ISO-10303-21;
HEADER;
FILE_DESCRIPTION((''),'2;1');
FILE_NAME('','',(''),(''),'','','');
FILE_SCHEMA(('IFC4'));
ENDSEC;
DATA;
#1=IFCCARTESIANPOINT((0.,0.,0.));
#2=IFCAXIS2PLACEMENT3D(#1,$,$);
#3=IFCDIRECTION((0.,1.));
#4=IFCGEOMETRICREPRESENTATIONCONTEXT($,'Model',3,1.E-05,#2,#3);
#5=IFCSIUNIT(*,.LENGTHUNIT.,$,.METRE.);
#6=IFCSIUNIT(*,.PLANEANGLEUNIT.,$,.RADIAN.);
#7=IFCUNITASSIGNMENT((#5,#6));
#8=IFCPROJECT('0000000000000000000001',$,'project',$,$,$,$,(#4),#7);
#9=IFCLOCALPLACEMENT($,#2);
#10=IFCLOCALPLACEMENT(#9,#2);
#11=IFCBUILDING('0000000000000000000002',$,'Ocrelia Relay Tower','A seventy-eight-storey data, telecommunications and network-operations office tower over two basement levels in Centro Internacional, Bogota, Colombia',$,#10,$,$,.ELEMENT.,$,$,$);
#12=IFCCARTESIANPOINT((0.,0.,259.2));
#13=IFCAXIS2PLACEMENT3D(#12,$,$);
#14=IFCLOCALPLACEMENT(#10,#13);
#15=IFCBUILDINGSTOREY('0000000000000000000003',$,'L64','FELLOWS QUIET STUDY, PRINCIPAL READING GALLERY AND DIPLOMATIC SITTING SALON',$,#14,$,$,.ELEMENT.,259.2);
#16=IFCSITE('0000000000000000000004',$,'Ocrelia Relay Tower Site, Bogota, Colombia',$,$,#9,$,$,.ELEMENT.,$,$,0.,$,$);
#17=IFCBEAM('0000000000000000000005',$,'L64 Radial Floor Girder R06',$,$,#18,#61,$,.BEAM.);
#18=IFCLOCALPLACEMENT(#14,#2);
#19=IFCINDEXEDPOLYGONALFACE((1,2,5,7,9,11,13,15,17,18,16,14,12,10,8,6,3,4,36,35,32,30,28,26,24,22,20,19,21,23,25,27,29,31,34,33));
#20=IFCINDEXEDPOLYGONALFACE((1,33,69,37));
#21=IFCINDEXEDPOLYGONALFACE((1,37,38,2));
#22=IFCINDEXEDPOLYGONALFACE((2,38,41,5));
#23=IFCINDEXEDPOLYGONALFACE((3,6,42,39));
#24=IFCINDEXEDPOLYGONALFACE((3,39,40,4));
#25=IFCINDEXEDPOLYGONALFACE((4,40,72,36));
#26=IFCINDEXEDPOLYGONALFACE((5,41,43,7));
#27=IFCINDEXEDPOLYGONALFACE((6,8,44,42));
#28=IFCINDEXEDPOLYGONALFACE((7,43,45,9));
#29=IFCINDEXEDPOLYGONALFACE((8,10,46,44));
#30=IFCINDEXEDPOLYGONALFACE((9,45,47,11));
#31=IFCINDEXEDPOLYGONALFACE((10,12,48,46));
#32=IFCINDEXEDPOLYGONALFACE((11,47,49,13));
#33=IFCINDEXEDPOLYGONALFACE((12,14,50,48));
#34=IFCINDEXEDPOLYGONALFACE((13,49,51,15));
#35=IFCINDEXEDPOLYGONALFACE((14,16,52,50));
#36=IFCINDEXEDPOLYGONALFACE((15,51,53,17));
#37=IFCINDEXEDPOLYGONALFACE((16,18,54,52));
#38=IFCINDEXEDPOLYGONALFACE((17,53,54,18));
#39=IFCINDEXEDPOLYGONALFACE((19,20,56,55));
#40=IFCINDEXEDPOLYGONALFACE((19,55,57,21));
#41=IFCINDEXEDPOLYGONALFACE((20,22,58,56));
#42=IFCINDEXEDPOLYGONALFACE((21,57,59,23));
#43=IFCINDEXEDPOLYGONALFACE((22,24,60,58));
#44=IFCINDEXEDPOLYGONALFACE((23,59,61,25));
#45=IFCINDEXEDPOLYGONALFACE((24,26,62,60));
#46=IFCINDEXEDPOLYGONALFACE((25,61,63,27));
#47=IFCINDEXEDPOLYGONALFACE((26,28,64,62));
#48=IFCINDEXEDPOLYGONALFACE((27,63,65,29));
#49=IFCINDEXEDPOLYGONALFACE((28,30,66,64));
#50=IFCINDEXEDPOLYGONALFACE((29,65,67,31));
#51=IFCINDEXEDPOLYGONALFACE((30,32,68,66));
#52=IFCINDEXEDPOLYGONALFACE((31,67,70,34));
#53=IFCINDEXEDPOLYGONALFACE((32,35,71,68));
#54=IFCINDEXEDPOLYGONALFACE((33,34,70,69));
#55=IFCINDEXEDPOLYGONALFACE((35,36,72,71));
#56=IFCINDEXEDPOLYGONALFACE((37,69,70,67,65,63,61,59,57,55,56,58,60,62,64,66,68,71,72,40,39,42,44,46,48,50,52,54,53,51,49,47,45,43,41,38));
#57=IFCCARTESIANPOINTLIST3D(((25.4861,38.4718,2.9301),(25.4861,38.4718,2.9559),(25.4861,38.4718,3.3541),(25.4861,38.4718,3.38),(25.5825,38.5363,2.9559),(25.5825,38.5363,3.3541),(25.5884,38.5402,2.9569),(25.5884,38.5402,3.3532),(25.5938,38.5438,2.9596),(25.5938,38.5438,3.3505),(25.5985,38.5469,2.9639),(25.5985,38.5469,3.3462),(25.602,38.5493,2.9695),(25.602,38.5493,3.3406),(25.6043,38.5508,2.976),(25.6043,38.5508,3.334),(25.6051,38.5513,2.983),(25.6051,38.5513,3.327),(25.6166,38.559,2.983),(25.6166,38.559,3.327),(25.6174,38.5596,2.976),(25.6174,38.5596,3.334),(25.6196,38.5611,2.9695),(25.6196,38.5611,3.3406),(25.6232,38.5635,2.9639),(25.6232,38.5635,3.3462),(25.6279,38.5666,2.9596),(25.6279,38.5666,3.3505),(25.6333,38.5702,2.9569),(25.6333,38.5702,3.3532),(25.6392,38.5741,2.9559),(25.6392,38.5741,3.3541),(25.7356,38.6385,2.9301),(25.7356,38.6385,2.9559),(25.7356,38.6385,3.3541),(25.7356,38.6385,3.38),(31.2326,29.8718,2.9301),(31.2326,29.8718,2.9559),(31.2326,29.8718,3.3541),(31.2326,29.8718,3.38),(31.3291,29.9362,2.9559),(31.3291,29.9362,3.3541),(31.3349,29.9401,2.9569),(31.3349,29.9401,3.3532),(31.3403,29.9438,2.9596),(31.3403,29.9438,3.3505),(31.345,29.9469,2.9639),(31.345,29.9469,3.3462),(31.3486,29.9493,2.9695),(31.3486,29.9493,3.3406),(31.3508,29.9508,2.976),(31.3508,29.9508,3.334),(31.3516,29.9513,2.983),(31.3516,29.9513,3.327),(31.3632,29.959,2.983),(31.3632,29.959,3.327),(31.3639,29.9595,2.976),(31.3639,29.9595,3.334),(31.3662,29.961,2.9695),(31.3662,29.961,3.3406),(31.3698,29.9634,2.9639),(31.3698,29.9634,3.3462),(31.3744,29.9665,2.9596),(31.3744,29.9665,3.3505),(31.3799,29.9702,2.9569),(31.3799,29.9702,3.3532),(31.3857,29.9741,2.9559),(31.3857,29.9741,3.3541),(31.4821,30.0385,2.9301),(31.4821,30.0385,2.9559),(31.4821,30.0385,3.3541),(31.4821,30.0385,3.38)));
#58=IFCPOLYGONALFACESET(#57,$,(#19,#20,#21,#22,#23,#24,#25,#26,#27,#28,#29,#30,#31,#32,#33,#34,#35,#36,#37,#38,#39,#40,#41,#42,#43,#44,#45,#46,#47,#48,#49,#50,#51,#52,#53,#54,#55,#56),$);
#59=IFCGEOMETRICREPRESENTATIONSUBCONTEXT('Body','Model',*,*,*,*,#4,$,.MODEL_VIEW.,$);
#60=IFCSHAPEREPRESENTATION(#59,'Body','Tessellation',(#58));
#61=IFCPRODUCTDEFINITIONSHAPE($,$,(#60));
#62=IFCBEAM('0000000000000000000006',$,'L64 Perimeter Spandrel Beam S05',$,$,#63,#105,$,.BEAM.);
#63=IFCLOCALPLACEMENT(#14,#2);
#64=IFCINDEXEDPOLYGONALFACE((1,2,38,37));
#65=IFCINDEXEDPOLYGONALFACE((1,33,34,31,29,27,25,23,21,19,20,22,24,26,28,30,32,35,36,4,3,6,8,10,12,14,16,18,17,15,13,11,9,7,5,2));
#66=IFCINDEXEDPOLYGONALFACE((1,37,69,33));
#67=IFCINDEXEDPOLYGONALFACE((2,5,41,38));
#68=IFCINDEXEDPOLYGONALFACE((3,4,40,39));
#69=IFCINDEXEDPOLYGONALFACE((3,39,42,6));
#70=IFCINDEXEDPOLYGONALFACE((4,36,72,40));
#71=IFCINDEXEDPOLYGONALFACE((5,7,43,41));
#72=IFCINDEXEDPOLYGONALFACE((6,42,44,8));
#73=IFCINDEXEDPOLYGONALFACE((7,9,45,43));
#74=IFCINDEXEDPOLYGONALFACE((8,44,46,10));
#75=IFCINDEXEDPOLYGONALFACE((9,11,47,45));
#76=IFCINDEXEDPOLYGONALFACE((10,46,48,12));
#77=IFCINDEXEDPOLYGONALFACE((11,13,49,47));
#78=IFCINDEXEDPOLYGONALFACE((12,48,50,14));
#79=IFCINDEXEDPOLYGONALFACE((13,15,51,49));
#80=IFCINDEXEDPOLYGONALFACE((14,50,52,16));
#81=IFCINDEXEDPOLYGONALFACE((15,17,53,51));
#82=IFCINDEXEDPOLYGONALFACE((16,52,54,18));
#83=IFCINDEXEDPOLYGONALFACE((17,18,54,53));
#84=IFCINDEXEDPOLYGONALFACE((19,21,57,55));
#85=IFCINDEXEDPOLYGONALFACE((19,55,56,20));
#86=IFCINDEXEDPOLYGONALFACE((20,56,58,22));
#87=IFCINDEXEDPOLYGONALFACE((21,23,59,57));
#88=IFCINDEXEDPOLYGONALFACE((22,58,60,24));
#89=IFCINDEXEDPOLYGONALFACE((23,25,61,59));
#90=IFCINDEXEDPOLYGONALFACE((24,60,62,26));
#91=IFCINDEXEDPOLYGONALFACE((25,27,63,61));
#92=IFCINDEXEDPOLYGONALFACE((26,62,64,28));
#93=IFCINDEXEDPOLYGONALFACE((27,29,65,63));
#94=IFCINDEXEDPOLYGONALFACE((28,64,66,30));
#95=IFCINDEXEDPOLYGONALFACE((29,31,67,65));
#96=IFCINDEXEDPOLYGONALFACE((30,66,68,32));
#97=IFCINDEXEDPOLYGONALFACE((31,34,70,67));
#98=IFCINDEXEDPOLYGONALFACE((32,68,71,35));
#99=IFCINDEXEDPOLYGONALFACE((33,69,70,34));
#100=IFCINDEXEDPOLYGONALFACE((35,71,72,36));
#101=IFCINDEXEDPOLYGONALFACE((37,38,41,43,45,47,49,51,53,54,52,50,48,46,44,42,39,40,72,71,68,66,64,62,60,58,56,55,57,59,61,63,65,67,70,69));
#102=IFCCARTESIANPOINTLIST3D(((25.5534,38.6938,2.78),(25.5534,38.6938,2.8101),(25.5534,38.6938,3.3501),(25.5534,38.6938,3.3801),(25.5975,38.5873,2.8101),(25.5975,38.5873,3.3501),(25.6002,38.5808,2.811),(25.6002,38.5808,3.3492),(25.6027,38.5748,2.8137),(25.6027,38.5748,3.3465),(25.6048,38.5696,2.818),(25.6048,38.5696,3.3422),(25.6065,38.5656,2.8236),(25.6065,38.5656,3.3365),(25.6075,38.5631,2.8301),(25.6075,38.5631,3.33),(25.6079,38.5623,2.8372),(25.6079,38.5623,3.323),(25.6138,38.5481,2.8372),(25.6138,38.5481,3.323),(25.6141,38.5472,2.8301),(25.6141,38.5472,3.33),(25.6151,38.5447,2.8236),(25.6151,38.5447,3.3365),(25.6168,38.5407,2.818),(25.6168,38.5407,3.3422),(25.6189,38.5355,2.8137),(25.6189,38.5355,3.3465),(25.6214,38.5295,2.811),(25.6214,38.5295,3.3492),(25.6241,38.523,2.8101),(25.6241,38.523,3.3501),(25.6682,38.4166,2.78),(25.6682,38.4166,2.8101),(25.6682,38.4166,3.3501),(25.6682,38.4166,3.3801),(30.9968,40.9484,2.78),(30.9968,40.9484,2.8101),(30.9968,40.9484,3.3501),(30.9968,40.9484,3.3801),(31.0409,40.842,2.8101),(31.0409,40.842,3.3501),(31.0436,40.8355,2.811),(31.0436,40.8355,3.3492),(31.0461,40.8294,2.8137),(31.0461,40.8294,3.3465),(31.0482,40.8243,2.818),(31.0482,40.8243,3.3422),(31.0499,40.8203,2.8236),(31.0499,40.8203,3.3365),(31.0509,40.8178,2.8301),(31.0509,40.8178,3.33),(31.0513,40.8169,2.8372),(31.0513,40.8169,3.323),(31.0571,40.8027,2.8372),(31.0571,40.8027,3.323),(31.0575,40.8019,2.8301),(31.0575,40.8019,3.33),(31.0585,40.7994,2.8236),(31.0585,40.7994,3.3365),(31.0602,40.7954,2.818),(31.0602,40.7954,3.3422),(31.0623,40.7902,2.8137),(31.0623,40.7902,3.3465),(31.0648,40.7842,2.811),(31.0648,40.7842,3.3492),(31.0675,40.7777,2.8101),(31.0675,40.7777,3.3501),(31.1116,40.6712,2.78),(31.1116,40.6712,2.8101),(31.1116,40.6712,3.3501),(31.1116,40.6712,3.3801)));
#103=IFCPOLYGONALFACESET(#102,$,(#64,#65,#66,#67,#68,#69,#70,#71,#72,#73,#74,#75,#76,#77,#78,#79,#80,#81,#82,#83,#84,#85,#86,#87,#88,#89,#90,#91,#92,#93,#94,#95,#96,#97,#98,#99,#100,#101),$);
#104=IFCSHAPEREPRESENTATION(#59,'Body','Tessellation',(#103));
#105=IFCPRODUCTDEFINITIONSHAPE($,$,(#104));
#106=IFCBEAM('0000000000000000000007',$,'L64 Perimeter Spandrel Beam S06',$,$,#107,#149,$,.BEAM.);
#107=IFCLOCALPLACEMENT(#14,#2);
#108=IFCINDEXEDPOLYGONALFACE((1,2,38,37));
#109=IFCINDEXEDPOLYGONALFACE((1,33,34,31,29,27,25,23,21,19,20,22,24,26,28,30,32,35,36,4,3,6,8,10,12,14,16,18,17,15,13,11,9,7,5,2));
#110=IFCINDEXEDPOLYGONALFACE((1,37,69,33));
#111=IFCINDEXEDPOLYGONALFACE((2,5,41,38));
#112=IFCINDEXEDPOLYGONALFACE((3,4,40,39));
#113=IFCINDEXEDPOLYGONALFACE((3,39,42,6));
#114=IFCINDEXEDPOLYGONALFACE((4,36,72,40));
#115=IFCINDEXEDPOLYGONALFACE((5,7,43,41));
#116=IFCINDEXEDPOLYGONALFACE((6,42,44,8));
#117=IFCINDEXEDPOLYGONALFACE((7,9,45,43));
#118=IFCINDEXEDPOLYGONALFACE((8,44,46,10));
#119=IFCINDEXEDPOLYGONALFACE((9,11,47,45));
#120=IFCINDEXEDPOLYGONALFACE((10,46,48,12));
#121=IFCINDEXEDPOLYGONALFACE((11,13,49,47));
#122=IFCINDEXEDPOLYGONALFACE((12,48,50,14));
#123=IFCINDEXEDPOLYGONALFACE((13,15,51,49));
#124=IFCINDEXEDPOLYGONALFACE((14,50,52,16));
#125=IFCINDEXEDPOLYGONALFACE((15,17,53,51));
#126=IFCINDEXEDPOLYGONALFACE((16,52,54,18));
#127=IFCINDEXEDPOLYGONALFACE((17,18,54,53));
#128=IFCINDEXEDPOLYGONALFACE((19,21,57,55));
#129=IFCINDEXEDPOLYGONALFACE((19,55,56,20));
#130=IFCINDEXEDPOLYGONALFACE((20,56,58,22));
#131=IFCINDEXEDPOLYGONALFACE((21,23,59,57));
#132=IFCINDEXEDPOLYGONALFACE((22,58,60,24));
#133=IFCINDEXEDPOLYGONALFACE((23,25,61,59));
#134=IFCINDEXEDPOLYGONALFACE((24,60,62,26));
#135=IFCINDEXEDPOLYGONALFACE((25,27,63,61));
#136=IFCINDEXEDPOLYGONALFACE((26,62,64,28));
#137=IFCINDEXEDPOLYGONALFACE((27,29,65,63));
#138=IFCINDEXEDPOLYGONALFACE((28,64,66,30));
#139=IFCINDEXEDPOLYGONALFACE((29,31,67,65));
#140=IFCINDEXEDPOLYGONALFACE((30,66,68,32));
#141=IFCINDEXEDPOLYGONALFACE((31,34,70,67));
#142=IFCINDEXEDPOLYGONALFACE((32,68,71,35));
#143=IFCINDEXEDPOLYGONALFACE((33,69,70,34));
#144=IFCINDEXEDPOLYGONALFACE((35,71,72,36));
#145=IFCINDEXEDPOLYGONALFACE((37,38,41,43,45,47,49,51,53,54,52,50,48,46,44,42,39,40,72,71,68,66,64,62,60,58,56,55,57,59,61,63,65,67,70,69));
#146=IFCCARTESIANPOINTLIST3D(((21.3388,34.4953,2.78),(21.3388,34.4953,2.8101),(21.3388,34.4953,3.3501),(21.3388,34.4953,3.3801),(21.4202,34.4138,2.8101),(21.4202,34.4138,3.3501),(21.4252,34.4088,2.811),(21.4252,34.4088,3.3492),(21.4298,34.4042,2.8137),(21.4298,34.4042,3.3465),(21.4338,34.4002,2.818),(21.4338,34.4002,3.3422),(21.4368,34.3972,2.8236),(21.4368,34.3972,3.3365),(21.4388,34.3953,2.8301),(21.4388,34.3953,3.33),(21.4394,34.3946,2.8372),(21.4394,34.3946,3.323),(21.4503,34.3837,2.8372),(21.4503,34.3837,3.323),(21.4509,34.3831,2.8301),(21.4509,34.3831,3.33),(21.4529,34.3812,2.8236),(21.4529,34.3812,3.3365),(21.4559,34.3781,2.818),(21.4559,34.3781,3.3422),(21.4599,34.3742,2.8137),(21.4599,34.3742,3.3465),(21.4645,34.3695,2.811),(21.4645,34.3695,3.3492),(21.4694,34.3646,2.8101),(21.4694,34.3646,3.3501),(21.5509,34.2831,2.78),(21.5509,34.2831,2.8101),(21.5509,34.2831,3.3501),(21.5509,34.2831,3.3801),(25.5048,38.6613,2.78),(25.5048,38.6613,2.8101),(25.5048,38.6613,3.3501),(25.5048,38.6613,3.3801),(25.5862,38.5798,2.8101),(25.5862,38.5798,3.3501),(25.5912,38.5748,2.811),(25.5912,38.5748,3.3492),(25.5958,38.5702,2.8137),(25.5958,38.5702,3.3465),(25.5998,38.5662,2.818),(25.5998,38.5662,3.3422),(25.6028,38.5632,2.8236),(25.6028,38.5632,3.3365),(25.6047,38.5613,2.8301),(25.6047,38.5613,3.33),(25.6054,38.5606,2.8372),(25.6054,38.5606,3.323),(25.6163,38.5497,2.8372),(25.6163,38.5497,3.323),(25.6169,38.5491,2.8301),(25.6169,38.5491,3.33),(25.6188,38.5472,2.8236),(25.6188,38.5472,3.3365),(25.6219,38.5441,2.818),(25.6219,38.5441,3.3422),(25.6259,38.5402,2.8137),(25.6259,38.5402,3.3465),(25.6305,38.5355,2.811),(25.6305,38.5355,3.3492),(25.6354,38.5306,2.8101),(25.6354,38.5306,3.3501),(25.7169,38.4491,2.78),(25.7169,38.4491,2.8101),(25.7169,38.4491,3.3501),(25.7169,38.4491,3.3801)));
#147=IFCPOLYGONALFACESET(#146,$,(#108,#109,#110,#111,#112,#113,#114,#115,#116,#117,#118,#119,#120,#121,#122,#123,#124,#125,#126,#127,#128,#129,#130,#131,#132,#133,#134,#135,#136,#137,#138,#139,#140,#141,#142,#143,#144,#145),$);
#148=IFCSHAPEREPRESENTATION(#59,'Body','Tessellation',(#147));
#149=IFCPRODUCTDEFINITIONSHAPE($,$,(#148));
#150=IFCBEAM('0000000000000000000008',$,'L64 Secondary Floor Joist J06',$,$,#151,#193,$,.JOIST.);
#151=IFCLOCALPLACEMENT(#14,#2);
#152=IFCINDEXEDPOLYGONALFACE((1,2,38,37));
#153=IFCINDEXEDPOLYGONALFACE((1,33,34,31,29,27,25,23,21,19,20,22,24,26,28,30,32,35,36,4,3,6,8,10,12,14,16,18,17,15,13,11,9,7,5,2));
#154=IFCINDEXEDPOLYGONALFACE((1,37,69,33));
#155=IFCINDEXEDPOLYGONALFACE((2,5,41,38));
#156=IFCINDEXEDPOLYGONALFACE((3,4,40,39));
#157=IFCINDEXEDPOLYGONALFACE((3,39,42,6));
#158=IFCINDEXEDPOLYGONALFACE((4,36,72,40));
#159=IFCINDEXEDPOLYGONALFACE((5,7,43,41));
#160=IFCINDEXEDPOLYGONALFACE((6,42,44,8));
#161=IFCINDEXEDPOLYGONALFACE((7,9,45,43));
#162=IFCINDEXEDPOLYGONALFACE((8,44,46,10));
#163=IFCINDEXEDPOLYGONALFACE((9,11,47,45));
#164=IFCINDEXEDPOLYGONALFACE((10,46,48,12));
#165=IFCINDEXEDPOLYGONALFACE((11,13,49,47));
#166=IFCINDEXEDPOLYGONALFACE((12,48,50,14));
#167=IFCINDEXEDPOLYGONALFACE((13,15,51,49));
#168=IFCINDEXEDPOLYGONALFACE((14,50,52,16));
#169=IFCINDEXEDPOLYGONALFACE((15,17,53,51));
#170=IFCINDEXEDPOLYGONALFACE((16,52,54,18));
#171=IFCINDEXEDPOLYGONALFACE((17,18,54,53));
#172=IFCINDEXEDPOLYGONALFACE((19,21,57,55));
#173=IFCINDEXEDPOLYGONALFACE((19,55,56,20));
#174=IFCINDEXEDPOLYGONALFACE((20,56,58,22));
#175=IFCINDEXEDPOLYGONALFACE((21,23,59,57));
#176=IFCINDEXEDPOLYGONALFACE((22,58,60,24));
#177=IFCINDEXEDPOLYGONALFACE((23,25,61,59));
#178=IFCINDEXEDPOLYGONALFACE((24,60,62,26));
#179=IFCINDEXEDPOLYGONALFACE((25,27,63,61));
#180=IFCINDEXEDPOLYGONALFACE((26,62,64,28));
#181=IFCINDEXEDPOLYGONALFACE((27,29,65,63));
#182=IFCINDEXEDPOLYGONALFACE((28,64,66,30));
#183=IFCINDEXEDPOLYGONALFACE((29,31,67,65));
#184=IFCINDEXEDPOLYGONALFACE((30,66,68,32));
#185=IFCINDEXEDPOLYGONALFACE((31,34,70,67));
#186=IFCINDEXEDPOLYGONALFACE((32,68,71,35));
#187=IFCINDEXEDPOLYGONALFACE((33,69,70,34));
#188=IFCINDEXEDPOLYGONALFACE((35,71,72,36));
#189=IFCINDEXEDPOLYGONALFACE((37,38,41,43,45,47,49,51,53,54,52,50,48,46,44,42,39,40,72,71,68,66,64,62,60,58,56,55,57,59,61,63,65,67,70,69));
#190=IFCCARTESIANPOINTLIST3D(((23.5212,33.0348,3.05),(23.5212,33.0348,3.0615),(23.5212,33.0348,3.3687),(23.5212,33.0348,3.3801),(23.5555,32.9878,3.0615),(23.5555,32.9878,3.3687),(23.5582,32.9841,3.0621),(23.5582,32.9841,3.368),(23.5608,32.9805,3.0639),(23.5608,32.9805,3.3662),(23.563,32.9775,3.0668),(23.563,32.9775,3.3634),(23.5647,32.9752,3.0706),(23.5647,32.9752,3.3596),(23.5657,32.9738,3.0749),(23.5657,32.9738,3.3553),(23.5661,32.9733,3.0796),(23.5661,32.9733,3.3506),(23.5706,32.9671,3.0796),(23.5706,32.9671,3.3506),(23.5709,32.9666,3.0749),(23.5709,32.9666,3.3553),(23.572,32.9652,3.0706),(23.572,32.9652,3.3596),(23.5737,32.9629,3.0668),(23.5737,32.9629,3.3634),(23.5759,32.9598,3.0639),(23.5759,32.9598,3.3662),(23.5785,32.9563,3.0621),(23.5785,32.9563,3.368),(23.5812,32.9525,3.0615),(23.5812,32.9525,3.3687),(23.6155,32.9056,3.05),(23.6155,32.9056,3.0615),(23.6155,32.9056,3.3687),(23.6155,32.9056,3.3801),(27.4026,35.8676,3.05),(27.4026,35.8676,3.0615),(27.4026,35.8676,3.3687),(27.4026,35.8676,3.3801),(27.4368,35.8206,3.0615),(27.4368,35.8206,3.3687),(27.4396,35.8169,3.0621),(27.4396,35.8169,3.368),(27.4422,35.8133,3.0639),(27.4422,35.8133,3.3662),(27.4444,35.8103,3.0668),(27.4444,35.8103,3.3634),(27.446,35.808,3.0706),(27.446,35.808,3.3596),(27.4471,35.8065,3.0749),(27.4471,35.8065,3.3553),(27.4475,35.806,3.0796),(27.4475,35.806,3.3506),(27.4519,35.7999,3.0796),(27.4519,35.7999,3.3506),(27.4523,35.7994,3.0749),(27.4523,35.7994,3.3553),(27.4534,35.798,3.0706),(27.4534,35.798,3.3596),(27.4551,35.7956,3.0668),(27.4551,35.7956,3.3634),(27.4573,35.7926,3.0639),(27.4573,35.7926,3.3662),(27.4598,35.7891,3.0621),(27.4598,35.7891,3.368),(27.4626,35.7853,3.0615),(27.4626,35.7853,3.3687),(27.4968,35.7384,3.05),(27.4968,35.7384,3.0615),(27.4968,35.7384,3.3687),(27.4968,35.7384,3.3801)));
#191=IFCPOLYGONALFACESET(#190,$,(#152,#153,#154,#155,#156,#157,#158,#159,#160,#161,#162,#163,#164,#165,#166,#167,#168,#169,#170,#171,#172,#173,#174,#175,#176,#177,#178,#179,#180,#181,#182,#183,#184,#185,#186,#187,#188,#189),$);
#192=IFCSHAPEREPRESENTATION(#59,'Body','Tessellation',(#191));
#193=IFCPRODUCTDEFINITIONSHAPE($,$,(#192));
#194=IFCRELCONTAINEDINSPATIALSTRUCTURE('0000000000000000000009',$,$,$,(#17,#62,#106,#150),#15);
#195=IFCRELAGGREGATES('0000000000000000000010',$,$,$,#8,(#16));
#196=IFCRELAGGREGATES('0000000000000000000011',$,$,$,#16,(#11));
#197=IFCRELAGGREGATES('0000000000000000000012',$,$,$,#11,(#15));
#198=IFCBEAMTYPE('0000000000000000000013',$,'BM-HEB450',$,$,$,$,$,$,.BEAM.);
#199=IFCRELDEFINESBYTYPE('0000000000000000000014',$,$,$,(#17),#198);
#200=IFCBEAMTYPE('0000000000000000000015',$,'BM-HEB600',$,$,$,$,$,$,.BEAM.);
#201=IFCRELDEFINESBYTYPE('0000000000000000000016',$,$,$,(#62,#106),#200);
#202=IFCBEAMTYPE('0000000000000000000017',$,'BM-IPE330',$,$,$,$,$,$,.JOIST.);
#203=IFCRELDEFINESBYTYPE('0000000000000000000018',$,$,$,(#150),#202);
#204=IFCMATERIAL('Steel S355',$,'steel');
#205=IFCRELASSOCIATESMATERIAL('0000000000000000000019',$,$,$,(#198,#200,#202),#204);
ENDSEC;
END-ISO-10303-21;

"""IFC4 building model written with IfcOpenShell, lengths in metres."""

from ifc_helpers import new_model, si_unit, direction, frame, origin, origin_2d, place, context, subcontext, project, spatial, i_section, extrude, material, material_profile, profile_set, type_object, element, save


model = new_model("IFC4")

# Units and contexts
model_context = context("Model", 3, precision=1e-05, world=origin(), true_north=direction((0.0, 1.0)))
body_context = subcontext(model_context, "Body", "Model", "MODEL_VIEW")
ifc_project = project(units=[si_unit("LENGTHUNIT", "METRE"), si_unit("PLANEANGLEUNIT", "RADIAN")], contexts=[model_context])

# Site, building, storey
site_placement = place(None, origin())
site = spatial("IfcSite", under=ifc_project, at=site_placement, Name="Ocrelia Relay Tower Site, Bogota, Colombia", CompositionType="ELEMENT", RefElevation=0.0)
building_placement = place(site_placement, origin())
building = spatial("IfcBuilding", under=site, at=building_placement, Name="Ocrelia Relay Tower", Description="A seventy-eight-storey data, telecommunications and network-operations office tower over two basement levels in Centro Internacional, Bogota, Colombia", CompositionType="ELEMENT")
storey_placement = place(building_placement, frame((0.0, 0.0, 259.2)))
storey = spatial("IfcBuildingStorey", under=building, at=storey_placement, Name="L64", Description="FELLOWS QUIET STUDY, PRINCIPAL READING GALLERY AND DIPLOMATIC SITTING SALON", CompositionType="ELEMENT", Elevation=259.2)

# Beams
ifc_material_1 = material(Name="Steel S355", Category="steel")
ifc_material_profile_1 = material_profile(ifc_material_1, i_section(OverallWidth=0.3, OverallDepth=0.45, WebThickness=0.0139, FlangeThickness=0.0259, FilletRadius=0.0271, at=origin_2d()), Name="HEB 450")
ifc_profile_set_1 = profile_set([ifc_material_profile_1], Name="Steel S355")
beam_type_1 = type_object("IfcBeamType", Name="BM-HEB450", PredefinedType="BEAM", material=ifc_profile_set_1)
beam_1_placement = place(storey_placement, frame((25.6108, 38.5552, 3.155), z_axis=(0.555582, -0.831462, 0.0), x_axis=(0.831462, 0.555582, 0.0)))
element("IfcBeam", 1, at=beam_1_placement, inside=storey, type_object=beam_type_1, Name="L64 Radial Floor Girder R06", PredefinedType="BEAM", context=body_context, shape_type="SweptSolid", body=[
    extrude(i_section(OverallWidth=0.3, OverallDepth=0.45, WebThickness=0.0139, FlangeThickness=0.0259, FilletRadius=0.0271, at=origin_2d()), origin(), (0.0, 0.0, 1.0), 10.3433),
])
ifc_material_profile_2 = material_profile(ifc_material_1, i_section(OverallWidth=0.3, OverallDepth=0.6001, WebThickness=0.0154, FlangeThickness=0.03, FilletRadius=0.0271, at=origin_2d()), Name="HEB 600")
ifc_profile_set_2 = profile_set([ifc_material_profile_2], Name="Steel S355")
beam_type_2 = type_object("IfcBeamType", Name="BM-HEB600", PredefinedType="BEAM", material=ifc_profile_set_2)
beam_2_placement = place(storey_placement, frame((31.0542, 40.8098, 3.0801), z_axis=(-0.923884, -0.382673, 0.0), x_axis=(0.382673, -0.923884, 0.0)))
element("IfcBeam", 2, at=beam_2_placement, inside=storey, type_object=beam_type_2, Name="L64 Perimeter Spandrel Beam S05", PredefinedType="BEAM", context=body_context, shape_type="SweptSolid", body=[
    extrude(i_section(OverallWidth=0.3, OverallDepth=0.6001, WebThickness=0.0154, FlangeThickness=0.03, FilletRadius=0.0271, at=origin_2d()), origin(), (0.0, 0.0, 1.0), 5.8918),
])
beam_3_placement = place(storey_placement, frame((25.6108, 38.5552, 3.0801), z_axis=(-0.707107, -0.707107, 0.0), x_axis=(0.707107, -0.707107, 0.0)))
element("IfcBeam", 3, at=beam_3_placement, inside=storey, type_object=beam_type_2, Name="L64 Perimeter Spandrel Beam S06", PredefinedType="BEAM", context=body_context, shape_type="SweptSolid", body=[
    extrude(i_section(OverallWidth=0.3, OverallDepth=0.6001, WebThickness=0.0154, FlangeThickness=0.03, FilletRadius=0.0271, at=origin_2d()), origin(), (0.0, 0.0, 1.0), 5.8916),
])
ifc_material_profile_3 = material_profile(ifc_material_1, i_section(OverallWidth=0.1599, OverallDepth=0.3301, WebThickness=0.0076, FlangeThickness=0.0115, FilletRadius=0.0181, at=origin_2d()), Name="IPE 330")
ifc_profile_set_3 = profile_set([ifc_material_profile_3], Name="Steel S355")
beam_type_3 = type_object("IfcBeamType", Name="BM-IPE330", PredefinedType="JOIST", material=ifc_profile_set_3)
beam_4_placement = place(storey_placement, frame((27.4497, 35.803, 3.2151), z_axis=(-0.807748, -0.589527, 0.0), x_axis=(0.589527, -0.807748, 0.0)))
element("IfcBeam", 4, at=beam_4_placement, inside=storey, type_object=beam_type_3, Name="L64 Secondary Floor Joist J06", PredefinedType="JOIST", context=body_context, shape_type="SweptSolid", body=[
    extrude(i_section(OverallWidth=0.1599, OverallDepth=0.3301, WebThickness=0.0076, FlangeThickness=0.0115, FilletRadius=0.0181, at=origin_2d()), origin(), (0.0, 0.0, 1.0), 4.8052),
])

save(model, "model.ifc")
